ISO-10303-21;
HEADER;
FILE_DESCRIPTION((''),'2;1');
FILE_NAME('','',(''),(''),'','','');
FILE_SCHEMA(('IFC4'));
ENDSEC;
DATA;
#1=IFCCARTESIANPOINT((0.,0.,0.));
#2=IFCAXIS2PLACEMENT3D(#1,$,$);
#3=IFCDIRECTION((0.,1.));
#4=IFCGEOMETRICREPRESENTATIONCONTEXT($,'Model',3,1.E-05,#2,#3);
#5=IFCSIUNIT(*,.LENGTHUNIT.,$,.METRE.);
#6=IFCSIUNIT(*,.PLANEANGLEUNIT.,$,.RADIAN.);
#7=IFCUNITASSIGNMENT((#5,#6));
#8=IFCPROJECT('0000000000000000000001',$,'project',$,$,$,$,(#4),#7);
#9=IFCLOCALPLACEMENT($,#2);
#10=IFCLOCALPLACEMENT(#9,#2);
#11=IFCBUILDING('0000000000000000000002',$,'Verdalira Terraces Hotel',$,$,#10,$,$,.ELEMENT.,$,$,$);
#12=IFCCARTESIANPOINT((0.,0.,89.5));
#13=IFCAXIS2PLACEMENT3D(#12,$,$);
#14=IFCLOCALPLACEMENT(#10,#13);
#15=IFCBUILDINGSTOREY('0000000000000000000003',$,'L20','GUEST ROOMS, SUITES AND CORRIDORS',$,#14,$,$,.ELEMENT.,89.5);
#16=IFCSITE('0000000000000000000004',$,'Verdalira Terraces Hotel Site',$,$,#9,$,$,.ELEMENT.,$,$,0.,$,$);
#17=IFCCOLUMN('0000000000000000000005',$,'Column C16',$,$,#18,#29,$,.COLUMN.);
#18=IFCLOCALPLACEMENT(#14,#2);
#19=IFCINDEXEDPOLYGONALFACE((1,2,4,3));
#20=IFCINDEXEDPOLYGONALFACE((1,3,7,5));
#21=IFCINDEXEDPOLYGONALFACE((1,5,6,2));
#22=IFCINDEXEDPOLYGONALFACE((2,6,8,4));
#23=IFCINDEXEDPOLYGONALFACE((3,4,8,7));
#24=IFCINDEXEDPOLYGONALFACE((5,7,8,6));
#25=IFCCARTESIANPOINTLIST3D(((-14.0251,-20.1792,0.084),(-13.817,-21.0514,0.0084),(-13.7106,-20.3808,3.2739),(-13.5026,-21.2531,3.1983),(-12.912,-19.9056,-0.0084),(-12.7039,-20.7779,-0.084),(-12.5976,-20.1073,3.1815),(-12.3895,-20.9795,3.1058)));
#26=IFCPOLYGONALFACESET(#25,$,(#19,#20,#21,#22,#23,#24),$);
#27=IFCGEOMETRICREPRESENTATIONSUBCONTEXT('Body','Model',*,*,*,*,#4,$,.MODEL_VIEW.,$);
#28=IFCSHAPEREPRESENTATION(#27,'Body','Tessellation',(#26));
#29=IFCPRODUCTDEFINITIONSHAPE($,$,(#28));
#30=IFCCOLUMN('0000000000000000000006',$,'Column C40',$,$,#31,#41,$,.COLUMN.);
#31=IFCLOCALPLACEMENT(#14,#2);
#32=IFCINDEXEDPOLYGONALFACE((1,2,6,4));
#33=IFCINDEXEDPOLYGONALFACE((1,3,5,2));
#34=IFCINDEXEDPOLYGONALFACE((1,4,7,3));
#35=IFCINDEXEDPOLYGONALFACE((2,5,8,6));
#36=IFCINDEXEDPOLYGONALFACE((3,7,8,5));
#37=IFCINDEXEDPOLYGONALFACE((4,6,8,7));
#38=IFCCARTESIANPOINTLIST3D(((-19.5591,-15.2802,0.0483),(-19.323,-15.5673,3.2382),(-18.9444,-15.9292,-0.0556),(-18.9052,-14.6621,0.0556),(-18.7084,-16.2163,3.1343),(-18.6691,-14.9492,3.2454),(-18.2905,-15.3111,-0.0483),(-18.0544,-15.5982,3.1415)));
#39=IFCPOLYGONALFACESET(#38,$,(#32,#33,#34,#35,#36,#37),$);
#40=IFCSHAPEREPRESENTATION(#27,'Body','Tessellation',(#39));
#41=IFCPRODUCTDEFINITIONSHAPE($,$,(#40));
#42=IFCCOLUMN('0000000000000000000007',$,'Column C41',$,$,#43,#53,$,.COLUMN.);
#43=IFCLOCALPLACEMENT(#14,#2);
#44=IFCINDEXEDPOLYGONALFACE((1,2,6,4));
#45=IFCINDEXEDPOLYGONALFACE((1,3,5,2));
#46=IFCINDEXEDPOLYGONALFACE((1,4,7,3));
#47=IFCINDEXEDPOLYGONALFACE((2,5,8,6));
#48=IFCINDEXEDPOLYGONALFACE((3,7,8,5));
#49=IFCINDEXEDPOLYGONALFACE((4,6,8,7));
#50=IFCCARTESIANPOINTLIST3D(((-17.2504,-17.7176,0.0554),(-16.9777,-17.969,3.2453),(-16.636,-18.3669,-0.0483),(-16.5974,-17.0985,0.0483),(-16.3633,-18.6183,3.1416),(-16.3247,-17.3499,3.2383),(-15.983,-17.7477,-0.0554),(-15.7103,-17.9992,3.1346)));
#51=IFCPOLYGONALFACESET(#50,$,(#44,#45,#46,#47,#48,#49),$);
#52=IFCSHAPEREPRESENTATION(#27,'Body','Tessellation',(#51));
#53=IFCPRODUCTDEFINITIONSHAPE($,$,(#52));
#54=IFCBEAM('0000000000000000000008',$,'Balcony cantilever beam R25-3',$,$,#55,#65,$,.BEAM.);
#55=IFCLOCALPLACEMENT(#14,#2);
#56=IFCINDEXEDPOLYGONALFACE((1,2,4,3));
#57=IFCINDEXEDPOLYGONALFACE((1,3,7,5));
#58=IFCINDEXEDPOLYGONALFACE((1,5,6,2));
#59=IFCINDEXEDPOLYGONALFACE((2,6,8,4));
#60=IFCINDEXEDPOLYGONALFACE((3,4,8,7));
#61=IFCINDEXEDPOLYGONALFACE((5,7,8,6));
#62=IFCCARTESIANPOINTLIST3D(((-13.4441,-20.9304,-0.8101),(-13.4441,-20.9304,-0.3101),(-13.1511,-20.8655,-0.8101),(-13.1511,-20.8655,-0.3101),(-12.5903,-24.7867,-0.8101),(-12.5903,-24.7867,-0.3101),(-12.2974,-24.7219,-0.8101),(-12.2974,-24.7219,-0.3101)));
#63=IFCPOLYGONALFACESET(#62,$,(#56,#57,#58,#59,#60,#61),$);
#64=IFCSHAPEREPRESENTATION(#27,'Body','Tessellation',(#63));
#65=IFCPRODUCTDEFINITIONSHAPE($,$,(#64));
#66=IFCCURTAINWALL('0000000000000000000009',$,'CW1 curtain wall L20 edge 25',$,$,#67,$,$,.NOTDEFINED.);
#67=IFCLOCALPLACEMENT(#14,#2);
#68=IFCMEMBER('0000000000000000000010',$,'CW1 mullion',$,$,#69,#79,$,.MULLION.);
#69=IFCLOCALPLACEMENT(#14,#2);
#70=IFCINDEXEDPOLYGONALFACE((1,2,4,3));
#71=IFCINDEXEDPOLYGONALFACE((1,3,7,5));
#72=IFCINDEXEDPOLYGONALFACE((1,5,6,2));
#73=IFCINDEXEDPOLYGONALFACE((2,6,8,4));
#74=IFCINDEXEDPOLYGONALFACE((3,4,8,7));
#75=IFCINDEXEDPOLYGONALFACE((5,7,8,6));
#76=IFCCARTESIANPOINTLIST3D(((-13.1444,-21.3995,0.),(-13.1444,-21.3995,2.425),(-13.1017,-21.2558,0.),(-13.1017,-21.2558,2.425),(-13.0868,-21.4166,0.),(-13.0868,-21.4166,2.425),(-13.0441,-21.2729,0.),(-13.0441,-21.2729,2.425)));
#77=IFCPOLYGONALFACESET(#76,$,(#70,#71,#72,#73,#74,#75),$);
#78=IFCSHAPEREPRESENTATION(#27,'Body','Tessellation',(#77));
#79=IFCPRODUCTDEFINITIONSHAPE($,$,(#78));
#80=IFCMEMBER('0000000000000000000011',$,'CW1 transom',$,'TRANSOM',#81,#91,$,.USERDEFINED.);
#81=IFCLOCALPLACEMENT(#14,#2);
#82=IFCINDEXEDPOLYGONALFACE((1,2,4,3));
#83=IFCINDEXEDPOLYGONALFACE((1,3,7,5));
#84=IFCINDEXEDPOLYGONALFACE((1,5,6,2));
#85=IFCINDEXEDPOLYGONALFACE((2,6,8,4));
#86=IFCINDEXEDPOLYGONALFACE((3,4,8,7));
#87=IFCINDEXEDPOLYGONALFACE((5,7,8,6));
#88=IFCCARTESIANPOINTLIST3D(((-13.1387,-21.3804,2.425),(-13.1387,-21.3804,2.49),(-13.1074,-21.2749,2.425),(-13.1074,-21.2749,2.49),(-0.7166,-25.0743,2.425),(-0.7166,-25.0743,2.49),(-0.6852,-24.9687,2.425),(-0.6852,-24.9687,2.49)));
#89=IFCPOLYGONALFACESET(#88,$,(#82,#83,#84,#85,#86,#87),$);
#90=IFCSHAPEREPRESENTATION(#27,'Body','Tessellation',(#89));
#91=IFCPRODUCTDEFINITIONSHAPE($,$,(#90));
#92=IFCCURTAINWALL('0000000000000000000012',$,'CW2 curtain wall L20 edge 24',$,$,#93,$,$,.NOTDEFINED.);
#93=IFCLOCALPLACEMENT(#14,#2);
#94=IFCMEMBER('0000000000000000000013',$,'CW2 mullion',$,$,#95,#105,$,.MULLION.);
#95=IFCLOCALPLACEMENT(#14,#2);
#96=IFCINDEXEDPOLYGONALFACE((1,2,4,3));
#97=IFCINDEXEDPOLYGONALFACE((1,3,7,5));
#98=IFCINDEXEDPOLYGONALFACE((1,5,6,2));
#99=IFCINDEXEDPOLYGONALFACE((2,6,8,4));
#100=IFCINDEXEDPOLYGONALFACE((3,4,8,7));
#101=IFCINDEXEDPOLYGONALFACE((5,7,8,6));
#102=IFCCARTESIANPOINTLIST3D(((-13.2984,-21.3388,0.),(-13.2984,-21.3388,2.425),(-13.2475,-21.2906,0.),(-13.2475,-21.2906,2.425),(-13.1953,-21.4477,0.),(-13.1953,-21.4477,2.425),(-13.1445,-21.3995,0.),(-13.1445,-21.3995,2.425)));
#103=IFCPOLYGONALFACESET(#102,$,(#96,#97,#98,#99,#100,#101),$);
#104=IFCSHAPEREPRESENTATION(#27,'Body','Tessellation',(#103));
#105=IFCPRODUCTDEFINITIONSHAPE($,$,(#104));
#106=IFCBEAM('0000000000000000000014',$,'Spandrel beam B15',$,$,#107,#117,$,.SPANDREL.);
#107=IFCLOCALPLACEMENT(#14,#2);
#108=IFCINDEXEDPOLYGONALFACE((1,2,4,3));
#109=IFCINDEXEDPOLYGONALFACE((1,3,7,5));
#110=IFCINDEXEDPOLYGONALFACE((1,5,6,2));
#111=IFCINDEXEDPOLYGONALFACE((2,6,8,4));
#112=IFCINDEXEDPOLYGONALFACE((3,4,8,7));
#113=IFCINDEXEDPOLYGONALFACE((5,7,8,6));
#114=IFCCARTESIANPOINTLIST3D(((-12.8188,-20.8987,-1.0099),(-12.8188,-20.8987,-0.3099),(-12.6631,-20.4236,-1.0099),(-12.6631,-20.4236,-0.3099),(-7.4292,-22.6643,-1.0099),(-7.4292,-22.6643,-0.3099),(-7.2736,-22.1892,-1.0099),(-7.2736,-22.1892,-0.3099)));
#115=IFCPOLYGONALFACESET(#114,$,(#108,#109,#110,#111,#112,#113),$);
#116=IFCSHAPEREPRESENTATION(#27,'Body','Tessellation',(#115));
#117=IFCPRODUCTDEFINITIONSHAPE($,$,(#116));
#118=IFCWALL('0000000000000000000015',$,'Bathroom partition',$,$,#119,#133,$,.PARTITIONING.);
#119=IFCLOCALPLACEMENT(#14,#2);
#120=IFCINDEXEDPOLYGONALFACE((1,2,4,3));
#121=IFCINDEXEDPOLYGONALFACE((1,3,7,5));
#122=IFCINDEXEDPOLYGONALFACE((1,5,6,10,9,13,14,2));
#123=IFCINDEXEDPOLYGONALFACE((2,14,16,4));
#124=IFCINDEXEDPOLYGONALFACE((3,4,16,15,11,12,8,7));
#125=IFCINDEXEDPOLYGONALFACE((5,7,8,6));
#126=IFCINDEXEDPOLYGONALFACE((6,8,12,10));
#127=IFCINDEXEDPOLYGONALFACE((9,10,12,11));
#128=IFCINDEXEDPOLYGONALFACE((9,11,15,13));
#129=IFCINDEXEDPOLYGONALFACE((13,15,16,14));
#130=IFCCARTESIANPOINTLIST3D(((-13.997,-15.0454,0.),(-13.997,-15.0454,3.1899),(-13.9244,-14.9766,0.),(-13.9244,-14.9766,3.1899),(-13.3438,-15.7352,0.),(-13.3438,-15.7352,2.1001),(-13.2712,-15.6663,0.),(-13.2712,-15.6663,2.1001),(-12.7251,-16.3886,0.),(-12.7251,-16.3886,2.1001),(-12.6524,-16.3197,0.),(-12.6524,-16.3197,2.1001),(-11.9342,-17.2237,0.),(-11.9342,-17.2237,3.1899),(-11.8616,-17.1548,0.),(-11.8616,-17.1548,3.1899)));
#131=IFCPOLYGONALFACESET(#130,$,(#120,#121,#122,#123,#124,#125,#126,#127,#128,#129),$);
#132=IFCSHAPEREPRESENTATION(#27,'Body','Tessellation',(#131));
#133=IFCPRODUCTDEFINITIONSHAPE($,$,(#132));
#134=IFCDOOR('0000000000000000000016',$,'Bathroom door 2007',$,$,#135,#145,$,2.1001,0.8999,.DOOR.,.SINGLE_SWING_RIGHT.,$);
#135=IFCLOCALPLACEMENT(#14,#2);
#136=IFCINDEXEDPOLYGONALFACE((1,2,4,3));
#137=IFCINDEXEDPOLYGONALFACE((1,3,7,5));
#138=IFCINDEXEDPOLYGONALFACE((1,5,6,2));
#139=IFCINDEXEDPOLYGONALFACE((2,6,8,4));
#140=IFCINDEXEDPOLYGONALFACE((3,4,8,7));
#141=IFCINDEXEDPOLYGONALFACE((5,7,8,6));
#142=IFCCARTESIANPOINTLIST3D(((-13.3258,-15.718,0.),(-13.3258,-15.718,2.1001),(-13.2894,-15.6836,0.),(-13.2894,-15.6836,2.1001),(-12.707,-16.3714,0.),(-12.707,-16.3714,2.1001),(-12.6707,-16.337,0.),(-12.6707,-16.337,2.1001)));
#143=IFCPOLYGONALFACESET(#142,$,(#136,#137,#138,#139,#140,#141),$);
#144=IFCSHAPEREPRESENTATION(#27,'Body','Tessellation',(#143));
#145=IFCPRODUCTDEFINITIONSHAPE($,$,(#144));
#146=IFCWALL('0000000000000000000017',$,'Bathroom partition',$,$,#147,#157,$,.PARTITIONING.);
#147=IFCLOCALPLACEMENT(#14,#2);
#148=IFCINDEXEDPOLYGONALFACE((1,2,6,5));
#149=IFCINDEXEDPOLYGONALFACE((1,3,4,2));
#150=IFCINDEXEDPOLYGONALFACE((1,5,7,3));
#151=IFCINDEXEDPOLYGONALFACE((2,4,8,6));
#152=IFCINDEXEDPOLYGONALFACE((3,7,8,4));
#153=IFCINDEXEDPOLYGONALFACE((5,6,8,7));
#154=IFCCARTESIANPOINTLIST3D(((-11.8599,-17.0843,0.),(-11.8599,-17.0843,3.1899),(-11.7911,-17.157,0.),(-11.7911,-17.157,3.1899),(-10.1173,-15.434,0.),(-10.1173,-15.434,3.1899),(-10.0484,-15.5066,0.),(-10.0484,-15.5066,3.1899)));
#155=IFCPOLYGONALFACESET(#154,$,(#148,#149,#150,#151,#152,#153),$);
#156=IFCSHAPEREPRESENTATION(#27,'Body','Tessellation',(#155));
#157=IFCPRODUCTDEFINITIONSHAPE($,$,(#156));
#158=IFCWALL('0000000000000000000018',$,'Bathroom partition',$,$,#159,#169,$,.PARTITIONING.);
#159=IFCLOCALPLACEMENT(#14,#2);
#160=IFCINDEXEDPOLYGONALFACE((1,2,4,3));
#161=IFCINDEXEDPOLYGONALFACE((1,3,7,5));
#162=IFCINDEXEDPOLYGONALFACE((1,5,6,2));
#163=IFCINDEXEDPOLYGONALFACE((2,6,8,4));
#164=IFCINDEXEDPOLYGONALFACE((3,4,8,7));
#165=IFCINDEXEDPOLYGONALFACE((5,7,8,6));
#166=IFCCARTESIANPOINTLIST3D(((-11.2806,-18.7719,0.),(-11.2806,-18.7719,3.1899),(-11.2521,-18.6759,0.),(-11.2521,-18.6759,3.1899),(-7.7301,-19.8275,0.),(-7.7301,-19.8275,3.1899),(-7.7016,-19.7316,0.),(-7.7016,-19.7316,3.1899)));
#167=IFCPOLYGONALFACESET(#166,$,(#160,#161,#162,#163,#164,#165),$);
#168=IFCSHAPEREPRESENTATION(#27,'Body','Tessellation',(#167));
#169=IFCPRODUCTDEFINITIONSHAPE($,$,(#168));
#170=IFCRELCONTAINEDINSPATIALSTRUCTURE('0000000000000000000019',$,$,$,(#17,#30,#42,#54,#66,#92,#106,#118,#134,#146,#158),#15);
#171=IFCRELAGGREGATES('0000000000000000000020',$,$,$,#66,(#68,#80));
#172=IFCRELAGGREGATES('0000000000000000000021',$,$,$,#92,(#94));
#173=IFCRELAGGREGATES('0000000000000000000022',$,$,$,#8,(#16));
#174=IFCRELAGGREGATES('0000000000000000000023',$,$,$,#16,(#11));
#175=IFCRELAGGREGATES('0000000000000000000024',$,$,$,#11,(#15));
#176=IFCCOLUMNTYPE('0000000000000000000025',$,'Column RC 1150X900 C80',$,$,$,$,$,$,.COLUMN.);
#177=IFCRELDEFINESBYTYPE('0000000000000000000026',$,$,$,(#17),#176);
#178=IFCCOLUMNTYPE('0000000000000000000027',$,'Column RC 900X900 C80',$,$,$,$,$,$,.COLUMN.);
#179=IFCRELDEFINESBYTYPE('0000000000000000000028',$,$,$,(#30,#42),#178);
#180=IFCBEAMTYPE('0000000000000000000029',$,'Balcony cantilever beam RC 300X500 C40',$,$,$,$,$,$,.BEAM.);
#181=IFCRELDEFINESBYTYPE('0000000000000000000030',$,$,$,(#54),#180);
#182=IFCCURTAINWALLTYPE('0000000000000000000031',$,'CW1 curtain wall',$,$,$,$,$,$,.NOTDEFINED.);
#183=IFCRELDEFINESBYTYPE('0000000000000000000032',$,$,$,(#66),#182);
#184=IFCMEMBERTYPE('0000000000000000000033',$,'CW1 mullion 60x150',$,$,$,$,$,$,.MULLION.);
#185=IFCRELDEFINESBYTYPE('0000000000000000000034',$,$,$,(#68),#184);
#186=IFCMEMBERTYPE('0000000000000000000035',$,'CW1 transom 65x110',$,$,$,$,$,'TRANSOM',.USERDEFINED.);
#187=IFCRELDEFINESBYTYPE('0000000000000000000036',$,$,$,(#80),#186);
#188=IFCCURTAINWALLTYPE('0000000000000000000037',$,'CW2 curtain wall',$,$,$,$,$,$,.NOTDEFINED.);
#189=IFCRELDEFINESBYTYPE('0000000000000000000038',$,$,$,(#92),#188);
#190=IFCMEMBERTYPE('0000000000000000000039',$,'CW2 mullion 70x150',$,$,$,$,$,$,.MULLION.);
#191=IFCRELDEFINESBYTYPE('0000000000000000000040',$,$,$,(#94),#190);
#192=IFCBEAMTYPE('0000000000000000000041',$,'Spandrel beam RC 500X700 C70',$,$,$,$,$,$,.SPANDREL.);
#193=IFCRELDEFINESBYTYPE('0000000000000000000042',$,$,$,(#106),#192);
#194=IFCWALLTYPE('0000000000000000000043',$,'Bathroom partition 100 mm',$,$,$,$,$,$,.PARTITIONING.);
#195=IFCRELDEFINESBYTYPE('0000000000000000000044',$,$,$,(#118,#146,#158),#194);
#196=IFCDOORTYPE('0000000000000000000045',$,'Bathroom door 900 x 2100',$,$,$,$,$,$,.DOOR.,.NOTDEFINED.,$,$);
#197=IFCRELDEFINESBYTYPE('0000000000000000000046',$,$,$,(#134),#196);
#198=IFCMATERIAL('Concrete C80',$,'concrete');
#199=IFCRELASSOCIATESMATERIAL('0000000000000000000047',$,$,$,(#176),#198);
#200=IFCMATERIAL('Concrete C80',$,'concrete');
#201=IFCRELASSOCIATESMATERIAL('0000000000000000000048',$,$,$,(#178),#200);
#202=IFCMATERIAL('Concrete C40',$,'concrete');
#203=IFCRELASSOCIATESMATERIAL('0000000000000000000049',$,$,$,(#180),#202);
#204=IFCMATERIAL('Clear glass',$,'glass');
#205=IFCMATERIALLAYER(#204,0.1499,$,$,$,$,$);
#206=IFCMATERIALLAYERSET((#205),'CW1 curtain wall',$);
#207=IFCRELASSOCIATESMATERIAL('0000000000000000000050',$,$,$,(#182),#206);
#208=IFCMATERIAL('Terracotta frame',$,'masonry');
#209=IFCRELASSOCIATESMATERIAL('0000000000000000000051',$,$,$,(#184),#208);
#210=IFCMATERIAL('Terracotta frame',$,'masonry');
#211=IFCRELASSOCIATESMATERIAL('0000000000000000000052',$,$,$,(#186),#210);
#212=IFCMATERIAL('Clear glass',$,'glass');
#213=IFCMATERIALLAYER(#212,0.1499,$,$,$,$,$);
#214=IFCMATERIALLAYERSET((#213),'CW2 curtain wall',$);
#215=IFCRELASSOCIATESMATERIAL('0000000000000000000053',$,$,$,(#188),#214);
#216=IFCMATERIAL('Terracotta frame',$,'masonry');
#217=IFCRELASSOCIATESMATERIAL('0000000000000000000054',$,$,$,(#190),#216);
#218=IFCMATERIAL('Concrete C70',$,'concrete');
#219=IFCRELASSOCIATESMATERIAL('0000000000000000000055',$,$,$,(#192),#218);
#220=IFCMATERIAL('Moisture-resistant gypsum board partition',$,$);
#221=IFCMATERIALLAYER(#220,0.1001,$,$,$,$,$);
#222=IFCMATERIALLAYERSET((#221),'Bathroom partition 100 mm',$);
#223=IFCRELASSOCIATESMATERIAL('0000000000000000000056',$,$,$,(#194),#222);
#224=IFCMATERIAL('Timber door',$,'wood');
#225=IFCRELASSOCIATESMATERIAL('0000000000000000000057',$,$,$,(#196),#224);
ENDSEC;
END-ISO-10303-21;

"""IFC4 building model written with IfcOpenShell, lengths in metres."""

from ifc_helpers import new_model, si_unit, direction, frame, frame_2d, origin, origin_2d, place, context, subcontext, project, spatial, rectangle, extrude, material, layer, layer_set, material_profile, profile_set, type_object, element, fill, aggregate, save


model = new_model("IFC4")

# Units and contexts
model_context = context("Model", 3, precision=1e-05, world=origin(), true_north=direction((0.0, 1.0)))
body_context = subcontext(model_context, "Body", "Model", "MODEL_VIEW")
ifc_project = project(units=[si_unit("LENGTHUNIT", "METRE"), si_unit("PLANEANGLEUNIT", "RADIAN")], contexts=[model_context])

# Site, building, storey
site_placement = place(None, origin())
site = spatial("IfcSite", under=ifc_project, at=site_placement, Name="Verdalira Terraces Hotel Site", CompositionType="ELEMENT", RefElevation=0.0)
building_placement = place(site_placement, origin())
building = spatial("IfcBuilding", under=site, at=building_placement, Name="Verdalira Terraces Hotel", CompositionType="ELEMENT")
storey_placement = place(building_placement, frame((0.0, 0.0, 89.5)))
storey = spatial("IfcBuildingStorey", under=building, at=storey_placement, Name="L20", Description="GUEST ROOMS, SUITES AND CORRIDORS", CompositionType="ELEMENT", Elevation=89.5)

# Columns
ifc_material_1 = material(Name="Concrete C80", Category="concrete")
ifc_material_profile_1 = material_profile(ifc_material_1, rectangle(XDim=1.1499, YDim=0.8999, at=origin_2d()), Name="RC 1150X900")
ifc_profile_set_1 = profile_set([ifc_material_profile_1], Name="Concrete C80")
column_type_1 = type_object("IfcColumnType", Name="Column RC 1150X900 C80", PredefinedType="COLUMN", material=ifc_profile_set_1)
column_placement = place(storey_placement, frame((-13.3645, -20.4785, 0.0), z_axis=(0.097907, -0.062788, 0.993213), x_axis=(-0.967966, -0.237869, 0.080381)))
element("IfcColumn", 1, at=column_placement, inside=storey, type_object=column_type_1, Name="Column C16", PredefinedType="COLUMN", context=body_context, shape_type="SweptSolid", body=[
    extrude(rectangle(XDim=1.1499, YDim=0.8999, at=origin_2d()), origin(), (0.0, 0.0, 1.0), 3.2117),
])
ifc_material_2 = material(Name="Concrete C80", Category="concrete")
ifc_material_profile_2 = material_profile(ifc_material_2, rectangle(XDim=0.8999, YDim=0.8999, at=origin_2d()), Name="RC 900X900")
ifc_profile_set_2 = profile_set([ifc_material_profile_2], Name="Concrete C80")
column_type_2 = type_object("IfcColumnType", Name="Column RC 900X900 C80", PredefinedType="COLUMN", material=ifc_profile_set_2)
for number, where, z_axis, x_axis, name in (
    (2, (-18.9248, -15.2957, 0.0), (0.073511, -0.0894, 0.993279), (-0.726674, -0.686935, -0.008047), "Column C40"),
    (3, (-16.6167, -17.7327, 0.0), (0.084917, -0.078303, 0.993306), (-0.725692, -0.687975, 0.007805), "Column C41"),
):
    element("IfcColumn", number, at=place(storey_placement, frame(where, z_axis=z_axis, x_axis=x_axis)), inside=storey, type_object=column_type_2, Name=name, PredefinedType="COLUMN", context=body_context, shape_type="SweptSolid", body=[
        extrude(rectangle(XDim=0.8999, YDim=0.8999, at=origin_2d()), origin(), (0.0, 0.0, 1.0), 3.2114),
    ])

# Beam
ifc_material_3 = material(Name="Concrete C40", Category="concrete")
ifc_material_profile_3 = material_profile(ifc_material_3, rectangle(XDim=0.3, YDim=0.5, at=origin_2d()), Name="RC 300X500")
ifc_profile_set_3 = profile_set([ifc_material_profile_3], Name="Concrete C40")
beam_type_1 = type_object("IfcBeamType", Name="Balcony cantilever beam RC 300X500 C40", PredefinedType="BEAM", material=ifc_profile_set_3)
beam_1_placement = place(storey_placement, frame((-13.2976, -20.8979, -0.5601), z_axis=(0.216152, -0.97636, 0.0), x_axis=(0.97636, 0.216152, 0.0)))
element("IfcBeam", 4, at=beam_1_placement, inside=storey, type_object=beam_type_1, Name="Balcony cantilever beam R25-3", PredefinedType="BEAM", context=body_context, shape_type="SweptSolid", body=[
    extrude(rectangle(XDim=0.3, YDim=0.5, at=origin_2d()), origin(), (0.0, 0.0, 1.0), 3.9497),
])

# Curtain wall, members
ifc_material_4 = material(Name="Clear glass", Category="glass")
ifc_layer_1 = layer(ifc_material_4, 0.1499)
ifc_layer_set_1 = layer_set([ifc_layer_1], Name="CW1 curtain wall")
curtain_wall_type_1 = type_object("IfcCurtainWallType", Name="CW1 curtain wall", PredefinedType="NOTDEFINED", material=ifc_layer_set_1)
curtain_wall_1_placement = place(storey_placement, origin())
curtain_wall_1 = element("IfcCurtainWall", 5, at=curtain_wall_1_placement, inside=storey, type_object=curtain_wall_type_1, Name="CW1 curtain wall L20 edge 25", PredefinedType="NOTDEFINED")
ifc_material_5 = material(Name="Terracotta frame", Category="masonry")
ifc_material_profile_4 = material_profile(ifc_material_5, rectangle(XDim=0.0601, YDim=0.1499, at=origin_2d()), Name="MU 60x150")
ifc_profile_set_4 = profile_set([ifc_material_profile_4], Name="Terracotta frame")
member_type_1 = type_object("IfcMemberType", Name="CW1 mullion 60x150", PredefinedType="MULLION", material=ifc_profile_set_4)
member_1_placement = place(storey_placement, frame((-13.0942, -21.3362, 0.0), z_axis=(0.0, 0.0, 1.0), x_axis=(0.958522, -0.285019, 0.0)))
member_1 = element("IfcMember", 6, at=member_1_placement, type_object=member_type_1, Name="CW1 mullion", PredefinedType="MULLION", context=body_context, shape_type="SweptSolid", body=[
    extrude(rectangle(XDim=0.0601, YDim=0.1499, at=origin_2d()), origin(), (0.0, 0.0, 1.0), 2.425),
])
ifc_material_6 = material(Name="Terracotta frame", Category="masonry")
ifc_material_profile_5 = material_profile(ifc_material_6, rectangle(XDim=0.1101, YDim=0.0649, at=origin_2d()), Name="TR 65x110")
ifc_profile_set_5 = profile_set([ifc_material_profile_5], Name="Terracotta frame")
member_type_2 = type_object("IfcMemberType", Name="CW1 transom 65x110", ElementType="TRANSOM", PredefinedType="USERDEFINED", material=ifc_profile_set_5)
member_2_placement = place(storey_placement, frame((-13.123, -21.3276, 2.4575), z_axis=(0.95852, -0.285026, 0.0), x_axis=(0.285026, 0.95852, 0.0)))
member_2 = element("IfcMember", 7, at=member_2_placement, type_object=member_type_2, Name="CW1 transom", ObjectType="TRANSOM", PredefinedType="USERDEFINED", context=body_context, shape_type="SweptSolid", body=[
    extrude(rectangle(XDim=0.1101, YDim=0.0649, at=origin_2d()), origin(), (0.0, 0.0, 1.0), 12.9597),
])
aggregate(curtain_wall_1, [member_1, member_2])

# Curtain wall, member
ifc_material_7 = material(Name="Clear glass", Category="glass")
ifc_layer_2 = layer(ifc_material_7, 0.1499)
ifc_layer_set_2 = layer_set([ifc_layer_2], Name="CW2 curtain wall")
curtain_wall_type_2 = type_object("IfcCurtainWallType", Name="CW2 curtain wall", PredefinedType="NOTDEFINED", material=ifc_layer_set_2)
curtain_wall_2_placement = place(storey_placement, origin())
curtain_wall_2 = element("IfcCurtainWall", 8, at=curtain_wall_2_placement, inside=storey, type_object=curtain_wall_type_2, Name="CW2 curtain wall L20 edge 24", PredefinedType="NOTDEFINED")
ifc_material_8 = material(Name="Terracotta frame", Category="masonry")
ifc_material_profile_6 = material_profile(ifc_material_8, rectangle(XDim=0.0701, YDim=0.1499, at=origin_2d()), Name="MU 70x150")
ifc_profile_set_6 = profile_set([ifc_material_profile_6], Name="Terracotta frame")
member_type_3 = type_object("IfcMemberType", Name="CW2 mullion 70x150", PredefinedType="MULLION", material=ifc_profile_set_6)
member_3_placement = place(storey_placement, frame((-13.2214, -21.3691, 0.0), z_axis=(0.0, 0.0, 1.0), x_axis=(0.726095, 0.687595, 0.0)))
member_3 = element("IfcMember", 9, at=member_3_placement, type_object=member_type_3, Name="CW2 mullion", PredefinedType="MULLION", context=body_context, shape_type="SweptSolid", body=[
    extrude(rectangle(XDim=0.0701, YDim=0.1499, at=origin_2d()), origin(), (0.0, 0.0, 1.0), 2.425),
])
aggregate(curtain_wall_2, [member_3])

# Beam
ifc_material_9 = material(Name="Concrete C70", Category="concrete")
ifc_material_profile_7 = material_profile(ifc_material_9, rectangle(XDim=0.5, YDim=0.7, at=origin_2d()), Name="RC 500X700")
ifc_profile_set_7 = profile_set([ifc_material_profile_7], Name="Concrete C70")
beam_type_2 = type_object("IfcBeamType", Name="Spandrel beam RC 500X700 C70", PredefinedType="SPANDREL", material=ifc_profile_set_7)
beam_2_placement = place(storey_placement, frame((-12.741, -20.6611, -0.6599), z_axis=(0.950306, -0.311316, 0.0), x_axis=(0.311316, 0.950306, 0.0)))
element("IfcBeam", 10, at=beam_2_placement, inside=storey, type_object=beam_type_2, Name="Spandrel beam B15", PredefinedType="SPANDREL", context=body_context, shape_type="SweptSolid", body=[
    extrude(rectangle(XDim=0.5, YDim=0.7, at=origin_2d()), origin(), (0.0, 0.0, 1.0), 5.6714),
])

# Wall, opening, door
ifc_material_10 = material(Name="Moisture-resistant gypsum board partition")
ifc_layer_3 = layer(ifc_material_10, 0.1001)
ifc_layer_set_3 = layer_set([ifc_layer_3], Name="Bathroom partition 100 mm")
wall_type_1 = type_object("IfcWallType", Name="Bathroom partition 100 mm", PredefinedType="PARTITIONING", material=ifc_layer_set_3)
wall_1_placement = place(storey_placement, frame((-13.9607, -15.011, 0.0), z_axis=(0.0, 0.0, 1.0), x_axis=(0.687598, -0.726092, 0.0)))
wall_1 = element("IfcWall", 11, at=wall_1_placement, inside=storey, type_object=wall_type_1, Name="Bathroom partition", PredefinedType="PARTITIONING", context=body_context, shape_type="SweptSolid", body=[
    extrude(rectangle(XDim=3.0, YDim=0.1001, at=frame_2d((1.5, 0.0))), origin(), (0.0, 0.0, 1.0), 3.1899),
])
opening_1_placement = place(wall_1_placement, frame((0.95, 0.0, 0.0)))
opening_1 = element("IfcOpeningElement", 12, at=opening_1_placement, cuts=wall_1, PredefinedType="OPENING", context=body_context, shape_type="SweptSolid", body=[
    extrude(rectangle(XDim=0.8999, YDim=2.1001, at=frame_2d((0.45, 1.05))), frame((0.0, 0.0601, 0.0), z_axis=(0.0, -1.0, 0.0), x_axis=(1.0, 0.0, 0.0)), (0.0, 0.0, 1.0), 0.1201),
])
ifc_material_11 = material(Name="Timber door", Category="wood")
door_type = type_object("IfcDoorType", Name="Bathroom door 900 x 2100", OperationType="NOTDEFINED", PredefinedType="DOOR", material=ifc_material_11)
door_1_placement = place(opening_1_placement, origin())
door_1 = element("IfcDoor", 13, at=door_1_placement, inside=storey, type_object=door_type, Name="Bathroom door 2007", OperationType="SINGLE_SWING_RIGHT", OverallHeight=2.1001, OverallWidth=0.8999, PredefinedType="DOOR", context=body_context, shape_type="SweptSolid", body=[
    extrude(rectangle(XDim=0.8999, YDim=2.1001, at=frame_2d((0.45, 1.05))), frame((0.0, 0.0249, 0.0), z_axis=(0.0, -1.0, 0.0), x_axis=(1.0, 0.0, 0.0)), (0.0, 0.0, 1.0), 0.05),
])
fill(opening_1, door_1)

# Walls
wall_2_placement = place(storey_placement, frame((-10.0828, -15.4702, 0.0), z_axis=(0.0, 0.0, 1.0), x_axis=(-0.72607, -0.68762, 0.0)))
element("IfcWall", 14, at=wall_2_placement, inside=storey, type_object=wall_type_1, Name="Bathroom partition", PredefinedType="PARTITIONING", context=body_context, shape_type="SweptSolid", body=[
    extrude(rectangle(XDim=2.4001, YDim=0.1001, at=frame_2d((1.2002, 0.0))), origin(), (0.0, 0.0, 1.0), 3.1899),
])
wall_3_placement = place(storey_placement, frame((-11.2664, -18.7239, 0.0), z_axis=(0.0, 0.0, 1.0), x_axis=(0.958529, -0.284995, 0.0)))
element("IfcWall", 15, at=wall_3_placement, inside=storey, type_object=wall_type_1, Name="Bathroom partition", PredefinedType="PARTITIONING", context=body_context, shape_type="SweptSolid", body=[
    extrude(rectangle(XDim=3.7041, YDim=0.1001, at=frame_2d((1.8521, 0.0))), origin(), (0.0, 0.0, 1.0), 3.1899),
])

save(model, "model.ifc")
